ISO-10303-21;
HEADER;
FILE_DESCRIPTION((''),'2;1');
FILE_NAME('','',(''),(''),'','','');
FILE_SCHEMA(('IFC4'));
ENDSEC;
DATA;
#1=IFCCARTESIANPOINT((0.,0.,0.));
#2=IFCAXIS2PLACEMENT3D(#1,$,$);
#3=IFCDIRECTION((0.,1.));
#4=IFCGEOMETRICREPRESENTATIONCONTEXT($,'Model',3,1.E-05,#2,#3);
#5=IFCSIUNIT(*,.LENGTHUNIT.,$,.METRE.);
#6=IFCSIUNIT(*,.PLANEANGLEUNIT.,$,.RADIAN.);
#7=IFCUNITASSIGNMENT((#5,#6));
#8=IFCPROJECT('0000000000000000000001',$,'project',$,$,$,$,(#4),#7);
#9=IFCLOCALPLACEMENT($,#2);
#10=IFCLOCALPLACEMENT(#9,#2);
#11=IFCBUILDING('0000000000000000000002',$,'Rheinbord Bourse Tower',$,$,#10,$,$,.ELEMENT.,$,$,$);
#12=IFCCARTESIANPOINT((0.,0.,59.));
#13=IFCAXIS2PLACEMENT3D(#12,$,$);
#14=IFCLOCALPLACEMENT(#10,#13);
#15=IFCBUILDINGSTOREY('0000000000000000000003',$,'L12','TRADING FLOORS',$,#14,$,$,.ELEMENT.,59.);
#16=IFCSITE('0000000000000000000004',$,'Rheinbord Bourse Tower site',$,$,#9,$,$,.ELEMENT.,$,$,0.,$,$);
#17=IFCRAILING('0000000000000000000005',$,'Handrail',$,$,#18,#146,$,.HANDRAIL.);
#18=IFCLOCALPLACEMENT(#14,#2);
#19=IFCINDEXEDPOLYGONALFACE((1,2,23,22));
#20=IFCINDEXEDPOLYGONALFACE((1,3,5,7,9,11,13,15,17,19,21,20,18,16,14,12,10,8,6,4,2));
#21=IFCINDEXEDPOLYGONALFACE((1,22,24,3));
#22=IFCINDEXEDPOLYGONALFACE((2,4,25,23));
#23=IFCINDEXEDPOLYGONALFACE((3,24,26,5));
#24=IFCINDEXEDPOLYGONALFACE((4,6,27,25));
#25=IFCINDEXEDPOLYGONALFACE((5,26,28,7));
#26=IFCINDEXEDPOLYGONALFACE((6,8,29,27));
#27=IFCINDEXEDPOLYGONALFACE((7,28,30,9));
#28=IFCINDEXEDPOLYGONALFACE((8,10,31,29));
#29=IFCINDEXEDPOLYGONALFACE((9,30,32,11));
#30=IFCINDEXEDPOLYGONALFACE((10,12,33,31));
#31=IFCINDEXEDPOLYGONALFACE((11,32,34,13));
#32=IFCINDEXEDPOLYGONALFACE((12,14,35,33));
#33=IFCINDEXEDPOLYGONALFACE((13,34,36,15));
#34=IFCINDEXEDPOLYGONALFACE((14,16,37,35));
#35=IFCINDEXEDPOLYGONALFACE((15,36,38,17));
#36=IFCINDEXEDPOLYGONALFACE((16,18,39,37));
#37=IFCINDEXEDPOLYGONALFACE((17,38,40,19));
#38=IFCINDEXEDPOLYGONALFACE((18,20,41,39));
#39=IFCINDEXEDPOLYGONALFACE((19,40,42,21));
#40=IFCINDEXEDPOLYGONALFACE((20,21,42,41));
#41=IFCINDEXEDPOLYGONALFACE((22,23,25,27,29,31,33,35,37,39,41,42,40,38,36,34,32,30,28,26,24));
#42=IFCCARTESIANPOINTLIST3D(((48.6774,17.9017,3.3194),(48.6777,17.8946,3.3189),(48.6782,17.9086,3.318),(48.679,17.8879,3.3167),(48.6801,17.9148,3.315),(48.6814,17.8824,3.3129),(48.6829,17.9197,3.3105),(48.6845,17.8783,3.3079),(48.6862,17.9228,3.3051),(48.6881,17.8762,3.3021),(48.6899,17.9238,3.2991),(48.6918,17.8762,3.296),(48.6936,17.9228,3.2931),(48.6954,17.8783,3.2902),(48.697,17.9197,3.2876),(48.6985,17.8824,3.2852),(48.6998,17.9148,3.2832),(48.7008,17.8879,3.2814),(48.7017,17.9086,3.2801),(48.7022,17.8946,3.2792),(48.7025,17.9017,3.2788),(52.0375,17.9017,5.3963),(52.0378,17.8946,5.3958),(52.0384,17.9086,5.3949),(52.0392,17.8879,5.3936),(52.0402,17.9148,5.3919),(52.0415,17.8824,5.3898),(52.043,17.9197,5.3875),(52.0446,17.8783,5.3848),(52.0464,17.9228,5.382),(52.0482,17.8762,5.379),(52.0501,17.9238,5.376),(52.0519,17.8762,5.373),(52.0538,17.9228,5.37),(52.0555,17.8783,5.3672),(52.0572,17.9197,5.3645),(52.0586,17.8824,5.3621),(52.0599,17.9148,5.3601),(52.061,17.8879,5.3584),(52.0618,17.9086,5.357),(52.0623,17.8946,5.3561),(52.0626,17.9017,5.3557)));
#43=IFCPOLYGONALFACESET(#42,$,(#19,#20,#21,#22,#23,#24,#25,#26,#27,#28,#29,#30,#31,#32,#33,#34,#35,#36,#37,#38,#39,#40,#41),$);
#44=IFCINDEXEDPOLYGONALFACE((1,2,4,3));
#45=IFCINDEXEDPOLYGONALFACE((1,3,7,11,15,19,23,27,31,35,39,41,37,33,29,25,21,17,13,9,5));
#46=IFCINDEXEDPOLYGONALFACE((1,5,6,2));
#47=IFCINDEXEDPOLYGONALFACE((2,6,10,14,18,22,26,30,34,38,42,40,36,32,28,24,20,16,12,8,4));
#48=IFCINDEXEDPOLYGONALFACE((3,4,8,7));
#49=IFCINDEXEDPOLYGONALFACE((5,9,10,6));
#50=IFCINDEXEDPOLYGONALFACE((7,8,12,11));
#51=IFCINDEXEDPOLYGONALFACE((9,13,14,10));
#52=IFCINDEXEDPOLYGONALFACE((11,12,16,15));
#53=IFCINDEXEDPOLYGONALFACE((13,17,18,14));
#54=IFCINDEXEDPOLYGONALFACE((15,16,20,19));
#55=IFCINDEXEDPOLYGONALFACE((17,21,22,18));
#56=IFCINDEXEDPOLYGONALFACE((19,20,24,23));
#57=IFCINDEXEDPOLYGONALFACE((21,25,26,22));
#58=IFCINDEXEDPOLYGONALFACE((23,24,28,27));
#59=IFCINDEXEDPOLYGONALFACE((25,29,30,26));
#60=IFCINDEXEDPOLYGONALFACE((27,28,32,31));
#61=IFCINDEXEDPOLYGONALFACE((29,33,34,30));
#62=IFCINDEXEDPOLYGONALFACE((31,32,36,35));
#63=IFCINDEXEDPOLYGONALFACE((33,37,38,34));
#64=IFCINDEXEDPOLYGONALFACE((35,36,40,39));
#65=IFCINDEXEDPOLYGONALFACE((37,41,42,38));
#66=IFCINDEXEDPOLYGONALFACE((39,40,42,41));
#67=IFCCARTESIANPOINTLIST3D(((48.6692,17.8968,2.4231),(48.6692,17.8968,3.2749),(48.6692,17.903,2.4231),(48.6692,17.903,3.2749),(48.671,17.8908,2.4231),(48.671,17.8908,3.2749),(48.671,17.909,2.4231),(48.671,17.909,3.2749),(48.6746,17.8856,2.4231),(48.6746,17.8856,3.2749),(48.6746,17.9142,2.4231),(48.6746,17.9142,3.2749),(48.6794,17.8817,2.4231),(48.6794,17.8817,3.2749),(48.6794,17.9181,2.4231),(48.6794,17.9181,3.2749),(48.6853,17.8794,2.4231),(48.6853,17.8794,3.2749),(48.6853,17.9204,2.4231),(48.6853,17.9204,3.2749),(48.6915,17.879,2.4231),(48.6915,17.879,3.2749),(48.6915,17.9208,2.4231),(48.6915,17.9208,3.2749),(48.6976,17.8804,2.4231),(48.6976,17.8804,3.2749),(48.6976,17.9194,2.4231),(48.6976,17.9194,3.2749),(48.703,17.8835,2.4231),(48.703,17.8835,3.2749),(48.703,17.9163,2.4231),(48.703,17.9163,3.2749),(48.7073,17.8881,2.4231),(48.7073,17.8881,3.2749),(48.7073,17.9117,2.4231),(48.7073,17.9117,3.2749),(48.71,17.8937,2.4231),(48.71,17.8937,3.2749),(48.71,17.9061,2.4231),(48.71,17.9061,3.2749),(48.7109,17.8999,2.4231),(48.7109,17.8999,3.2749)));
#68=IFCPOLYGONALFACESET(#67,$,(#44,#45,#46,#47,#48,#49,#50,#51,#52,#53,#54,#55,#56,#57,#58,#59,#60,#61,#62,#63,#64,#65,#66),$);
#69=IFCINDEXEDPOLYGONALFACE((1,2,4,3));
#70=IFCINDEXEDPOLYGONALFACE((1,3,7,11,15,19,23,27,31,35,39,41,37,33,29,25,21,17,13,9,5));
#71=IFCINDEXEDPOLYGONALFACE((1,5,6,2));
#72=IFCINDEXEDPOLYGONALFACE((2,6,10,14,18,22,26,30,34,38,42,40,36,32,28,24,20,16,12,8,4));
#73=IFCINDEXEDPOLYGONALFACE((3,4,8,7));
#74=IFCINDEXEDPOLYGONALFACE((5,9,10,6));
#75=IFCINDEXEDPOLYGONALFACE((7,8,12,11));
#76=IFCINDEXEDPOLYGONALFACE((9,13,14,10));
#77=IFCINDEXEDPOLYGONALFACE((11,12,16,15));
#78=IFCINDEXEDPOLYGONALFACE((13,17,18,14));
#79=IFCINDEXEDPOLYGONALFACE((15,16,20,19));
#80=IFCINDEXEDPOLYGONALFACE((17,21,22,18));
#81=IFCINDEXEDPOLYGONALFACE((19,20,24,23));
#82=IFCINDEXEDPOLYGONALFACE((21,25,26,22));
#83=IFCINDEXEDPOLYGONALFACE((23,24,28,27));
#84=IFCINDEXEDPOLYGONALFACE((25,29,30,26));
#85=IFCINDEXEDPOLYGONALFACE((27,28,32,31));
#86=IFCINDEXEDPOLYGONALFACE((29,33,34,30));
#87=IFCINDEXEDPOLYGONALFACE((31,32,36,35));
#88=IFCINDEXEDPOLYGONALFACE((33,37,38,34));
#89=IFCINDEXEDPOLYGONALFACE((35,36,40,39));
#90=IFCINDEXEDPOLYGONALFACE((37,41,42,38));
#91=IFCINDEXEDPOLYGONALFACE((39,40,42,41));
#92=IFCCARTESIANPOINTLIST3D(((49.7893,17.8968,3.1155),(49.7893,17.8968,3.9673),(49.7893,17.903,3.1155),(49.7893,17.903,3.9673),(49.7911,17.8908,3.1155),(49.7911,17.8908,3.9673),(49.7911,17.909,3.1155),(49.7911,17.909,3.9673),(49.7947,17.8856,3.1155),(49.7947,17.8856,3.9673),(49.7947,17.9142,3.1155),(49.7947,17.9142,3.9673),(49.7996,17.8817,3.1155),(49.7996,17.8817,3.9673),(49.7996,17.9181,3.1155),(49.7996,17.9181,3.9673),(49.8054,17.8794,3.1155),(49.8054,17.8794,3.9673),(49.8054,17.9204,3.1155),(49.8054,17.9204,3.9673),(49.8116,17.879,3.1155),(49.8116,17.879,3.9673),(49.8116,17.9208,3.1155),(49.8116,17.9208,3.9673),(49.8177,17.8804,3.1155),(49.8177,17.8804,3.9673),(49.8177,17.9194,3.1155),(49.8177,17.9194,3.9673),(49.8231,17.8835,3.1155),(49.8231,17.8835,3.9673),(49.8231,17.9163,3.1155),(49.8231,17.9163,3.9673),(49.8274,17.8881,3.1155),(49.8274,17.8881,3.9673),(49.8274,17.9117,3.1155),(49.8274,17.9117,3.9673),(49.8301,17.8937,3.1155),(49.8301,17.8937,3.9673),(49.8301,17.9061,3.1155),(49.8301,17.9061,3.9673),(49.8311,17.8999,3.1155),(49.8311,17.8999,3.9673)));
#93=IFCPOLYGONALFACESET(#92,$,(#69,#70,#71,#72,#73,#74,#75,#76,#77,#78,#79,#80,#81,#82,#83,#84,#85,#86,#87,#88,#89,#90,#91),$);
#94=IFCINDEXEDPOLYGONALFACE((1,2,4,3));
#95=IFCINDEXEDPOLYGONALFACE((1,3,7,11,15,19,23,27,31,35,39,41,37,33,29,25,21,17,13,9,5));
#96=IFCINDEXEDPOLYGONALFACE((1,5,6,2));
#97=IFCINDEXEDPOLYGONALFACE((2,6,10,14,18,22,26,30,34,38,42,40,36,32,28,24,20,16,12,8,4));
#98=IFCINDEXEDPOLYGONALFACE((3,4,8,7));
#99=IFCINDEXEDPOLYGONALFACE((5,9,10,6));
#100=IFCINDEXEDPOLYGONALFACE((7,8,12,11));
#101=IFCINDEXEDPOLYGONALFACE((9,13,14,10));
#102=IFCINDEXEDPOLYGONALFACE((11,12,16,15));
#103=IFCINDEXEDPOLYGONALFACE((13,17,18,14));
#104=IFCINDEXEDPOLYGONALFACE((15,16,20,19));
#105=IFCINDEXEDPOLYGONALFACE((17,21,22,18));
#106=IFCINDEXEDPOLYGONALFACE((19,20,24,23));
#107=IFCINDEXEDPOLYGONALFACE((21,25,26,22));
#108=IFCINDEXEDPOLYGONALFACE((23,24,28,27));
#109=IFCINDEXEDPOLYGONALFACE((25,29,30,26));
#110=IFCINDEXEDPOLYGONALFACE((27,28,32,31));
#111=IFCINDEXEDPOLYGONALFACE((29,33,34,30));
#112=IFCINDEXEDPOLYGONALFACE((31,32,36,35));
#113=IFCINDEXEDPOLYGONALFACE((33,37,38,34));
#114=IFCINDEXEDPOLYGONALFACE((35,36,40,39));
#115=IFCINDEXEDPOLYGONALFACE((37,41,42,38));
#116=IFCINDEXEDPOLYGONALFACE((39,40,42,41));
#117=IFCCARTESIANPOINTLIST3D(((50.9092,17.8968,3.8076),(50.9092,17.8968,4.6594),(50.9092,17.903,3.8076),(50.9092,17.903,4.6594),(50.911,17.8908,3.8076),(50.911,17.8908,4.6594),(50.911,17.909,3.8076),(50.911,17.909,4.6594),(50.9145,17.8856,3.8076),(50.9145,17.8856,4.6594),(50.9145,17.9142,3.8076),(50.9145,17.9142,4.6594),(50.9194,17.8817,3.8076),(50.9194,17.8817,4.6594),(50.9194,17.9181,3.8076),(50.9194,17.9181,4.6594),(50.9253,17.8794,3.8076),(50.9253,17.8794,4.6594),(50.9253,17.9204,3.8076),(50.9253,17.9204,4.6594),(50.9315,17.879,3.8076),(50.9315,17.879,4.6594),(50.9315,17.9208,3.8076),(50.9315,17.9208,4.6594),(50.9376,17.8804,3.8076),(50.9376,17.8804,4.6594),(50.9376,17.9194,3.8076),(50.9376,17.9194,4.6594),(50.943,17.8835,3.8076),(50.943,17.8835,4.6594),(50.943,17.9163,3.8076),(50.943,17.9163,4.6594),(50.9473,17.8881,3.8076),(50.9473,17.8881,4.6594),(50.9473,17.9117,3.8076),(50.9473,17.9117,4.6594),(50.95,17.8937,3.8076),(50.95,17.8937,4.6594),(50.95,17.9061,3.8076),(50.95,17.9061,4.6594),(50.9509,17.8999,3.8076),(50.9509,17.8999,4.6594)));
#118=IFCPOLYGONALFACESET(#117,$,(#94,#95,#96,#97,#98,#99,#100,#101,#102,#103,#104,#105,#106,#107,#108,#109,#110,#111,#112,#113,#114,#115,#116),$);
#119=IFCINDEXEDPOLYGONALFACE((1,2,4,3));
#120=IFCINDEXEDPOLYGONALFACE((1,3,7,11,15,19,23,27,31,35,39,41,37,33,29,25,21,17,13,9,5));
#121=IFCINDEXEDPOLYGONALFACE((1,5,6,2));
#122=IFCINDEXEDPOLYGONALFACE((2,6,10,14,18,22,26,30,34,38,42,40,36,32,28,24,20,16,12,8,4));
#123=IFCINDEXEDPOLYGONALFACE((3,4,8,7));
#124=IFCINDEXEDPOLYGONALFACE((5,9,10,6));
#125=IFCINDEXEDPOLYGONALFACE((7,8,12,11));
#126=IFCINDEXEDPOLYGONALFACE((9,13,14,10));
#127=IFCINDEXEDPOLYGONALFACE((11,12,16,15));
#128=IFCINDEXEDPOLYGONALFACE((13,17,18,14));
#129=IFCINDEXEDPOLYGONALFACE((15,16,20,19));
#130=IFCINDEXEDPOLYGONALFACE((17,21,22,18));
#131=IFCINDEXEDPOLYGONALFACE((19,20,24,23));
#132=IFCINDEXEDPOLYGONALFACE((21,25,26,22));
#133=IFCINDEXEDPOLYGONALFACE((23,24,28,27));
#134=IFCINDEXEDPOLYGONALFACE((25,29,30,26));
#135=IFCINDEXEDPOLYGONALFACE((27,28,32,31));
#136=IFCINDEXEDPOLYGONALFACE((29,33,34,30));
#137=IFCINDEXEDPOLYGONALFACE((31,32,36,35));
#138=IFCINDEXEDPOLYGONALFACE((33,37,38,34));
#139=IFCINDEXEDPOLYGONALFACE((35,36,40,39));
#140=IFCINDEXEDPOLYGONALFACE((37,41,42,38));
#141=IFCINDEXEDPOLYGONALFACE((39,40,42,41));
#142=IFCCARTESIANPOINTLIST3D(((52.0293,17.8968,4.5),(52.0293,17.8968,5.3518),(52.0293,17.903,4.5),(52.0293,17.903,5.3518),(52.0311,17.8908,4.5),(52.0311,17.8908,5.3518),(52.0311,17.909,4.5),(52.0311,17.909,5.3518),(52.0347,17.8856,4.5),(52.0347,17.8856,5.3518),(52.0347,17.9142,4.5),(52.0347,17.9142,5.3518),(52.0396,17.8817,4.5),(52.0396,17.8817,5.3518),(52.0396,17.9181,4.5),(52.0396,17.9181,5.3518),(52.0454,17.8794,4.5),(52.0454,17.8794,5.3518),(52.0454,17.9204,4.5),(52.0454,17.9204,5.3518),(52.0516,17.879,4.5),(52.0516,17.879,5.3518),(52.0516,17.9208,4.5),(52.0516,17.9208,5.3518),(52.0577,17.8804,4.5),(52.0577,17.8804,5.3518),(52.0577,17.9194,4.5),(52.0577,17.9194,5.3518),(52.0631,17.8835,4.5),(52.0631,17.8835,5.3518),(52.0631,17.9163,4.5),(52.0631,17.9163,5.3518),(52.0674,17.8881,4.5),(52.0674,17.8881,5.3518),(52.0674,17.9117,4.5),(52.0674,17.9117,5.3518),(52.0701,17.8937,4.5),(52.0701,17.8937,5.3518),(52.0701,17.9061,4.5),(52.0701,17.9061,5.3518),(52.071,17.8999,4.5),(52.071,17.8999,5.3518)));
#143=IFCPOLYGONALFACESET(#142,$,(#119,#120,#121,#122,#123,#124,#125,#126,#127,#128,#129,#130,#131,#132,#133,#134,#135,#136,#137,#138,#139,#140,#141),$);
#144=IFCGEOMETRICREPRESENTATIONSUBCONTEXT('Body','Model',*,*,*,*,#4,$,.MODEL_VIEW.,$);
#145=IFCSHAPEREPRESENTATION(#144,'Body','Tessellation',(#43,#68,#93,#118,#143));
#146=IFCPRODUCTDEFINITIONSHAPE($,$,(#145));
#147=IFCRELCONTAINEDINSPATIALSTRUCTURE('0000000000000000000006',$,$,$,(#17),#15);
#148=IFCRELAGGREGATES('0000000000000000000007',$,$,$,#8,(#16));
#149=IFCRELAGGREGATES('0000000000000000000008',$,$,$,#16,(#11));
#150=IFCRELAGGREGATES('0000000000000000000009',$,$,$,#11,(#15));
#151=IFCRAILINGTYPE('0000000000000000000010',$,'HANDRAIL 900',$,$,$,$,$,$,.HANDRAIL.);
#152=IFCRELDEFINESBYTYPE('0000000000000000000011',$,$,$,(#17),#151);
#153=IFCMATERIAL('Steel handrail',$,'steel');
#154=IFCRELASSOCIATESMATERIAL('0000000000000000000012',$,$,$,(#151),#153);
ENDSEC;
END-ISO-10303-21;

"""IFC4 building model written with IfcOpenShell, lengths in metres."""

from ifc_helpers import new_model, si_unit, direction, frame, origin, origin_2d, place, context, subcontext, project, spatial, circle, extrude, material, type_object, element, save


model = new_model("IFC4")

# Units and contexts
model_context = context("Model", 3, precision=1e-05, world=origin(), true_north=direction((0.0, 1.0)))
body_context = subcontext(model_context, "Body", "Model", "MODEL_VIEW")
ifc_project = project(units=[si_unit("LENGTHUNIT", "METRE"), si_unit("PLANEANGLEUNIT", "RADIAN")], contexts=[model_context])

# Site, building, storey
site_placement = place(None, origin())
site = spatial("IfcSite", under=ifc_project, at=site_placement, Name="Rheinbord Bourse Tower site", CompositionType="ELEMENT", RefElevation=0.0)
building_placement = place(site_placement, origin())
building = spatial("IfcBuilding", under=site, at=building_placement, Name="Rheinbord Bourse Tower", CompositionType="ELEMENT")
storey_placement = place(building_placement, frame((0.0, 0.0, 59.0)))
storey = spatial("IfcBuildingStorey", under=building, at=storey_placement, Name="L12", Description="TRADING FLOORS", CompositionType="ELEMENT", Elevation=59.0)

# Railing
ifc_material_1 = material(Name="Steel handrail", Category="steel")
railing_type = type_object("IfcRailingType", Name="HANDRAIL 900", PredefinedType="HANDRAIL", material=ifc_material_1)
railing_1_placement = place(storey_placement, frame((48.6899, 17.8999, 2.4231)))
element("IfcRailing", 1, at=railing_1_placement, inside=storey, type_object=railing_type, Name="Handrail", PredefinedType="HANDRAIL", context=body_context, shape_type="SweptSolid", body=[
    extrude(circle(Radius=0.0239, at=origin_2d()), frame((0.0, 0.0, 0.876), z_axis=(0.850623, 0.0, 0.525776), x_axis=(0.0, 1.0, 0.0)), (0.0, 0.0, 1.0), 3.9502),
    extrude(circle(Radius=0.021, at=origin_2d()), origin(), (0.0, 0.0, 1.0), 0.8518),
    extrude(circle(Radius=0.021, at=origin_2d()), frame((1.1201, 0.0, 0.6924)), (0.0, 0.0, 1.0), 0.8518),
    extrude(circle(Radius=0.021, at=origin_2d()), frame((2.24, 0.0, 1.3845)), (0.0, 0.0, 1.0), 0.8518),
    extrude(circle(Radius=0.021, at=origin_2d()), frame((3.3601, 0.0, 2.0769)), (0.0, 0.0, 1.0), 0.8518),
])

save(model, "model.ifc")
